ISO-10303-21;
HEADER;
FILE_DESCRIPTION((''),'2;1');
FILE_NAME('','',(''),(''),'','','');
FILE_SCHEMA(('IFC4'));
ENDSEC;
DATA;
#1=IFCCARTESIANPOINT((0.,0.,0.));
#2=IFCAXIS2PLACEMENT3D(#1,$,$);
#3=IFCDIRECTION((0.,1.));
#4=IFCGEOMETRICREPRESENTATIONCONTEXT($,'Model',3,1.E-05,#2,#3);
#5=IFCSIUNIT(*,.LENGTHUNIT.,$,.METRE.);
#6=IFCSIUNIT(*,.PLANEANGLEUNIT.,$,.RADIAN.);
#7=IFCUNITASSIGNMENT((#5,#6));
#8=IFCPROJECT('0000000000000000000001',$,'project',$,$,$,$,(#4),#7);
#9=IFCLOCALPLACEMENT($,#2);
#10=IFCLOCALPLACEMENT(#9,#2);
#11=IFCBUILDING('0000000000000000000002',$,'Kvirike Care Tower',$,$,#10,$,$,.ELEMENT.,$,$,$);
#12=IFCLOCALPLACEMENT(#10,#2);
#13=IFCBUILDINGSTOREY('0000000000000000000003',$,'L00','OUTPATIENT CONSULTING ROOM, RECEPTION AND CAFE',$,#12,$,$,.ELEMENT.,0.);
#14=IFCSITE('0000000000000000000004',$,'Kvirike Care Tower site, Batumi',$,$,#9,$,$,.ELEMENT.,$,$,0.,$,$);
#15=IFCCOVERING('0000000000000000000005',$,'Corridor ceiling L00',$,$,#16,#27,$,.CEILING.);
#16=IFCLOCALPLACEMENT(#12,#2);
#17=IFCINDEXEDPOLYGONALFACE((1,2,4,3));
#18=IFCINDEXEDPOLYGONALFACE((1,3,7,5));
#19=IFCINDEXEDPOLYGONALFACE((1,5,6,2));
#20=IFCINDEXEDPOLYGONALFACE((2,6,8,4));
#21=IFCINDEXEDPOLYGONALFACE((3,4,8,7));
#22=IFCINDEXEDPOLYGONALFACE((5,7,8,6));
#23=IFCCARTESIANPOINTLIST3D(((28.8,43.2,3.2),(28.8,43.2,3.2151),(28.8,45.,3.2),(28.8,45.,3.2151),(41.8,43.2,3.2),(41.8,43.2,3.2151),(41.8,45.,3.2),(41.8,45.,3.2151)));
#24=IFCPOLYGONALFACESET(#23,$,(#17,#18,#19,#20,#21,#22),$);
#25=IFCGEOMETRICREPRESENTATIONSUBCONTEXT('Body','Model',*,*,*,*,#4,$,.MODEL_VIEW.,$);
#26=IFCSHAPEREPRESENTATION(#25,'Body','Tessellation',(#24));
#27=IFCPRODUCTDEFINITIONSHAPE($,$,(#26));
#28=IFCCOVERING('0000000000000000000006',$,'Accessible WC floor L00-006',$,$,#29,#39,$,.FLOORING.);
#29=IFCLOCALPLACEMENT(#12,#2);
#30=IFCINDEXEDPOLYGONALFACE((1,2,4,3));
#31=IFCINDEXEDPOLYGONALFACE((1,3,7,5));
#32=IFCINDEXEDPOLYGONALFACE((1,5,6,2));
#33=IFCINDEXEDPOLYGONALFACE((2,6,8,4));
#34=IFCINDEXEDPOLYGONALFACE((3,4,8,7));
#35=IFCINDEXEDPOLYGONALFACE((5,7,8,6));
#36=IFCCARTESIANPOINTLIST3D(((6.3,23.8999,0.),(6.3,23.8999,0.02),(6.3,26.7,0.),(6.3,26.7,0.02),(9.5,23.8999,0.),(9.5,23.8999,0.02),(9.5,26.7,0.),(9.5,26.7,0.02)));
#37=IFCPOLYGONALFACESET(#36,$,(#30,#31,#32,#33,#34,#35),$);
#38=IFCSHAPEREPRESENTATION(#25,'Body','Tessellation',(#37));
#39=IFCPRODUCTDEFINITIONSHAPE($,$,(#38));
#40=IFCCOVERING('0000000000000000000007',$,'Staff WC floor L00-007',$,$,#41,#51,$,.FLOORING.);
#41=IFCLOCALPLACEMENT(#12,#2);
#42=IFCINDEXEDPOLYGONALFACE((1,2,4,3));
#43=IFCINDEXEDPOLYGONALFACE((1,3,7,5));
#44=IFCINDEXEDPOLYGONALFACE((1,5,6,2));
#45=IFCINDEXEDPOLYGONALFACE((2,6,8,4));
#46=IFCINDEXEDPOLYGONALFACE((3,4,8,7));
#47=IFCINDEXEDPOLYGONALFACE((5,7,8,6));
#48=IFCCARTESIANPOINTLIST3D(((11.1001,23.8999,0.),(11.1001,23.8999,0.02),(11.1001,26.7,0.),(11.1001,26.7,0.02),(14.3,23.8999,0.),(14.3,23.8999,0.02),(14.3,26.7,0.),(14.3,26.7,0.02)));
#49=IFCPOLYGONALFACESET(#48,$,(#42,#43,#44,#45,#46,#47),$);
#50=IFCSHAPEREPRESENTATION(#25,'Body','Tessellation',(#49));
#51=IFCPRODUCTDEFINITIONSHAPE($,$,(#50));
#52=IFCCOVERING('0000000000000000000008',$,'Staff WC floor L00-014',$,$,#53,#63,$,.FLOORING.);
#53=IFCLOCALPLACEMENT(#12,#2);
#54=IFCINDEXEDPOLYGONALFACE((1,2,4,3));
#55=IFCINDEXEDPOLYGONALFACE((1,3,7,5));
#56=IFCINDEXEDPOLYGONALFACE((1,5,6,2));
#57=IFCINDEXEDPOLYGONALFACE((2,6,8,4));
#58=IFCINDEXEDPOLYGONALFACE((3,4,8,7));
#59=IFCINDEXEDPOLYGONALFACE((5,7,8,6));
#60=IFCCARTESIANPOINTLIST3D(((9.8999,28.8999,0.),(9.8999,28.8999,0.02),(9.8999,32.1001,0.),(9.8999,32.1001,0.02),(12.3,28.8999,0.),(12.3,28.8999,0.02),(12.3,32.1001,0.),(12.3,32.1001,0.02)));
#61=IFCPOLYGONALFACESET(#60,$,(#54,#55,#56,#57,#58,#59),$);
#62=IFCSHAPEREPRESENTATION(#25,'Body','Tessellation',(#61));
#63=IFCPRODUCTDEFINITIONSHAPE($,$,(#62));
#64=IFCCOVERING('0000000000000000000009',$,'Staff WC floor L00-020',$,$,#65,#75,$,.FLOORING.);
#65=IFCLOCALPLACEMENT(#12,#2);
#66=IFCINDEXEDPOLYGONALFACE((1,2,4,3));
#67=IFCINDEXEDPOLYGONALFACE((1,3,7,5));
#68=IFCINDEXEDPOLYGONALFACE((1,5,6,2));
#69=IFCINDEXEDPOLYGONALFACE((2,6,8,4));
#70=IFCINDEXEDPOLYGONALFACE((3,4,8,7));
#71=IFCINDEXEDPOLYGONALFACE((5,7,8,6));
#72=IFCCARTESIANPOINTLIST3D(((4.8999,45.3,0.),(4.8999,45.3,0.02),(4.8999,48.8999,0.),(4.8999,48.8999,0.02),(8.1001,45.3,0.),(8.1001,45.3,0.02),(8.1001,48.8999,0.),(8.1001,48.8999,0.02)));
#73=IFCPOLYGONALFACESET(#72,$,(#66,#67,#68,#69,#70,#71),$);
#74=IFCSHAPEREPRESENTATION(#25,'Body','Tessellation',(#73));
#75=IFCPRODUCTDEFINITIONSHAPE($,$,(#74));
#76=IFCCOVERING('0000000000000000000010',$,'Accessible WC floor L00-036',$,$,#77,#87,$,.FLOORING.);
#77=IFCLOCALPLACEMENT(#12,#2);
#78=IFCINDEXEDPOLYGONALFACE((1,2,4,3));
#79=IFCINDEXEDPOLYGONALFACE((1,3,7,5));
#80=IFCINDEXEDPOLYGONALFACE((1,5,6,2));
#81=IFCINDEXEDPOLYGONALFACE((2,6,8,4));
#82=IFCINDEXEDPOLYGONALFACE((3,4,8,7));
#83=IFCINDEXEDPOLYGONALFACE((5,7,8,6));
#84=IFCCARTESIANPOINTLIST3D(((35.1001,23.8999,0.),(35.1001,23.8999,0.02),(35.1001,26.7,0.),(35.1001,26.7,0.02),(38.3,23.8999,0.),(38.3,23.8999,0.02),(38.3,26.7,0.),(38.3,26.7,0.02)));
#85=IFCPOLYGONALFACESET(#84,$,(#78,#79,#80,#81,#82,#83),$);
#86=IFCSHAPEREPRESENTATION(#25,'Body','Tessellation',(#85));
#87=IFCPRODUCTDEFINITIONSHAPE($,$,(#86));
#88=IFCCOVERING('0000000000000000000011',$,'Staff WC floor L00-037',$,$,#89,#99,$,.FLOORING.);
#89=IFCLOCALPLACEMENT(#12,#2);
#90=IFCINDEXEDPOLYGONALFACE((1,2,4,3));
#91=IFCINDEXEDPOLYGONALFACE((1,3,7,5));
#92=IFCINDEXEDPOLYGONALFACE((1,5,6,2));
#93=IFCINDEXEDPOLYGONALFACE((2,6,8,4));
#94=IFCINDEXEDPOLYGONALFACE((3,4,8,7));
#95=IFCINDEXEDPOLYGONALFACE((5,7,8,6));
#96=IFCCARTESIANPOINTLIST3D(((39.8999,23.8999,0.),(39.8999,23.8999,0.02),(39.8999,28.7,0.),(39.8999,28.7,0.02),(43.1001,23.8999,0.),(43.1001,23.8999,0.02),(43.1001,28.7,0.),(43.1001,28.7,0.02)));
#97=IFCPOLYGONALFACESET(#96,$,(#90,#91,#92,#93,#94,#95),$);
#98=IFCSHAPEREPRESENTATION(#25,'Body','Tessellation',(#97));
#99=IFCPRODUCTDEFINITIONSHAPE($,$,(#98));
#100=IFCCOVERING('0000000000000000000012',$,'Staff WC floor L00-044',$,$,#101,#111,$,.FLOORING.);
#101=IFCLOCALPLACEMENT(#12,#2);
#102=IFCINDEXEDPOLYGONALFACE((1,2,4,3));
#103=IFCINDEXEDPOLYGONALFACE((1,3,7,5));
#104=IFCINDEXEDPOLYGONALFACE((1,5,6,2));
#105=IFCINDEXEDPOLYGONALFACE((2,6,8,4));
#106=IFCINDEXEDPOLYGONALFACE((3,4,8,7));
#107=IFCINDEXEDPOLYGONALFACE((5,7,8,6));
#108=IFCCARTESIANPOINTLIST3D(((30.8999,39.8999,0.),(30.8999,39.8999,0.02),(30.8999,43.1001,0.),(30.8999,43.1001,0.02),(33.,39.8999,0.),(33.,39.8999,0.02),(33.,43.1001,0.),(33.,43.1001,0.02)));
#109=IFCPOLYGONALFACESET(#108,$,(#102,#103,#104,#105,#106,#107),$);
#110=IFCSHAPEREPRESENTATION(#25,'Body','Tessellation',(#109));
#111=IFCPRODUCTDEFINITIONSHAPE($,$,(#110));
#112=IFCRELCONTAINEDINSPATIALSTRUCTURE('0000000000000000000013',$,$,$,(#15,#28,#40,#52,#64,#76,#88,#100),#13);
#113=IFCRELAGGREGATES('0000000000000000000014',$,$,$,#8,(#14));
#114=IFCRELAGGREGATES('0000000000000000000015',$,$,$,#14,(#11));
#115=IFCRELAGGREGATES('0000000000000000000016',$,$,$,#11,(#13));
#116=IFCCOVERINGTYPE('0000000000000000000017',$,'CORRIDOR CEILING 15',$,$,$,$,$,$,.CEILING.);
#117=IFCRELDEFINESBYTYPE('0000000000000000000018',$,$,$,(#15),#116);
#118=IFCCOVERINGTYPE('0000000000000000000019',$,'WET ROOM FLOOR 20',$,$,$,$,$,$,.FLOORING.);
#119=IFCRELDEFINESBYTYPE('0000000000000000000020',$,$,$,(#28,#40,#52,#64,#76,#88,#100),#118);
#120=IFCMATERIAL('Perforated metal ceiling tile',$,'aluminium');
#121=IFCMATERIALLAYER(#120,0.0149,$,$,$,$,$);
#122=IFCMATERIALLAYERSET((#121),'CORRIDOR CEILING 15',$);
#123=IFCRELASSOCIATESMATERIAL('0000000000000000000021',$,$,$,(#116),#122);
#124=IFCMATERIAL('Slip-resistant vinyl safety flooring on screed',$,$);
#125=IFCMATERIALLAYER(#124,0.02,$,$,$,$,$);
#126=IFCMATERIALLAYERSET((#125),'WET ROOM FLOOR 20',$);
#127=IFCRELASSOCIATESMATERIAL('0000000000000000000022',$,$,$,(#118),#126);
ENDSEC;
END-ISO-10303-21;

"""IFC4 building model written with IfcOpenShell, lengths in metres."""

from ifc_helpers import new_model, si_unit, direction, frame, origin, place, context, subcontext, project, spatial, polyline, outline, extrude, material, layer, layer_set, type_object, element, save


model = new_model("IFC4")

# Units and contexts
model_context = context("Model", 3, precision=1e-05, world=origin(), true_north=direction((0.0, 1.0)))
body_context = subcontext(model_context, "Body", "Model", "MODEL_VIEW")
ifc_project = project(units=[si_unit("LENGTHUNIT", "METRE"), si_unit("PLANEANGLEUNIT", "RADIAN")], contexts=[model_context])

# Site, building, storey
site_placement = place(None, origin())
site = spatial("IfcSite", under=ifc_project, at=site_placement, Name="Kvirike Care Tower site, Batumi", CompositionType="ELEMENT", RefElevation=0.0)
building_placement = place(site_placement, origin())
building = spatial("IfcBuilding", under=site, at=building_placement, Name="Kvirike Care Tower", CompositionType="ELEMENT")
storey_placement = place(building_placement, origin())
storey = spatial("IfcBuildingStorey", under=building, at=storey_placement, Name="L00", Description="OUTPATIENT CONSULTING ROOM, RECEPTION AND CAFE", CompositionType="ELEMENT", Elevation=0.0)

# Coverings
ifc_material_1 = material(Name="Perforated metal ceiling tile", Category="aluminium")
ifc_layer_1 = layer(ifc_material_1, 0.0149)
ifc_layer_set_1 = layer_set([ifc_layer_1], Name="CORRIDOR CEILING 15")
covering_type_1 = type_object("IfcCoveringType", Name="CORRIDOR CEILING 15", PredefinedType="CEILING", material=ifc_layer_set_1)
covering_1_placement = place(storey_placement, frame((0.0, 0.0, 3.2)))
element("IfcCovering", 1, at=covering_1_placement, inside=storey, type_object=covering_type_1, Name="Corridor ceiling L00", PredefinedType="CEILING", context=body_context, shape_type="SweptSolid", body=[
    extrude(outline(polyline([(28.8, 43.2), (28.8, 45.0), (41.8, 45.0), (41.8, 43.2), (28.8, 43.2)])), origin(), (0.0, 0.0, 1.0), 0.0151),
])
ifc_material_2 = material(Name="Slip-resistant vinyl safety flooring on screed")
ifc_layer_2 = layer(ifc_material_2, 0.02)
ifc_layer_set_2 = layer_set([ifc_layer_2], Name="WET ROOM FLOOR 20")
covering_type_2 = type_object("IfcCoveringType", Name="WET ROOM FLOOR 20", PredefinedType="FLOORING", material=ifc_layer_set_2)
covering_2_placement = place(storey_placement, origin())
element("IfcCovering", 2, at=covering_2_placement, inside=storey, type_object=covering_type_2, Name="Accessible WC floor L00-006", PredefinedType="FLOORING", context=body_context, shape_type="SweptSolid", body=[
    extrude(outline(polyline([(6.3, 26.7), (9.5, 26.7), (9.5, 23.8999), (6.3, 23.8999), (6.3, 26.7)])), origin(), (0.0, 0.0, 1.0), 0.02),
])
covering_3_placement = place(storey_placement, origin())
element("IfcCovering", 3, at=covering_3_placement, inside=storey, type_object=covering_type_2, Name="Staff WC floor L00-007", PredefinedType="FLOORING", context=body_context, shape_type="SweptSolid", body=[
    extrude(outline(polyline([(11.1001, 26.7), (14.3, 26.7), (14.3, 23.8999), (11.1001, 23.8999), (11.1001, 26.7)])), origin(), (0.0, 0.0, 1.0), 0.02),
])
covering_4_placement = place(storey_placement, origin())
element("IfcCovering", 4, at=covering_4_placement, inside=storey, type_object=covering_type_2, Name="Staff WC floor L00-014", PredefinedType="FLOORING", context=body_context, shape_type="SweptSolid", body=[
    extrude(outline(polyline([(12.3, 32.1001), (12.3, 28.8999), (9.8999, 28.8999), (9.8999, 32.1001), (12.3, 32.1001)])), origin(), (0.0, 0.0, 1.0), 0.02),
])
covering_5_placement = place(storey_placement, origin())
element("IfcCovering", 5, at=covering_5_placement, inside=storey, type_object=covering_type_2, Name="Staff WC floor L00-020", PredefinedType="FLOORING", context=body_context, shape_type="SweptSolid", body=[
    extrude(outline(polyline([(8.1001, 45.3), (4.8999, 45.3), (4.8999, 48.8999), (8.1001, 48.8999), (8.1001, 45.3)])), origin(), (0.0, 0.0, 1.0), 0.02),
])
covering_6_placement = place(storey_placement, origin())
element("IfcCovering", 6, at=covering_6_placement, inside=storey, type_object=covering_type_2, Name="Accessible WC floor L00-036", PredefinedType="FLOORING", context=body_context, shape_type="SweptSolid", body=[
    extrude(outline(polyline([(35.1001, 26.7), (38.3, 26.7), (38.3, 23.8999), (35.1001, 23.8999), (35.1001, 26.7)])), origin(), (0.0, 0.0, 1.0), 0.02),
])
covering_7_placement = place(storey_placement, origin())
element("IfcCovering", 7, at=covering_7_placement, inside=storey, type_object=covering_type_2, Name="Staff WC floor L00-037", PredefinedType="FLOORING", context=body_context, shape_type="SweptSolid", body=[
    extrude(outline(polyline([(43.1001, 23.8999), (39.8999, 23.8999), (39.8999, 28.7), (43.1001, 28.7), (43.1001, 23.8999)])), origin(), (0.0, 0.0, 1.0), 0.02),
])
covering_8_placement = place(storey_placement, origin())
element("IfcCovering", 8, at=covering_8_placement, inside=storey, type_object=covering_type_2, Name="Staff WC floor L00-044", PredefinedType="FLOORING", context=body_context, shape_type="SweptSolid", body=[
    extrude(outline(polyline([(30.8999, 39.8999), (30.8999, 43.1001), (33.0, 43.1001), (33.0, 39.8999), (30.8999, 39.8999)])), origin(), (0.0, 0.0, 1.0), 0.02),
])

save(model, "model.ifc")
